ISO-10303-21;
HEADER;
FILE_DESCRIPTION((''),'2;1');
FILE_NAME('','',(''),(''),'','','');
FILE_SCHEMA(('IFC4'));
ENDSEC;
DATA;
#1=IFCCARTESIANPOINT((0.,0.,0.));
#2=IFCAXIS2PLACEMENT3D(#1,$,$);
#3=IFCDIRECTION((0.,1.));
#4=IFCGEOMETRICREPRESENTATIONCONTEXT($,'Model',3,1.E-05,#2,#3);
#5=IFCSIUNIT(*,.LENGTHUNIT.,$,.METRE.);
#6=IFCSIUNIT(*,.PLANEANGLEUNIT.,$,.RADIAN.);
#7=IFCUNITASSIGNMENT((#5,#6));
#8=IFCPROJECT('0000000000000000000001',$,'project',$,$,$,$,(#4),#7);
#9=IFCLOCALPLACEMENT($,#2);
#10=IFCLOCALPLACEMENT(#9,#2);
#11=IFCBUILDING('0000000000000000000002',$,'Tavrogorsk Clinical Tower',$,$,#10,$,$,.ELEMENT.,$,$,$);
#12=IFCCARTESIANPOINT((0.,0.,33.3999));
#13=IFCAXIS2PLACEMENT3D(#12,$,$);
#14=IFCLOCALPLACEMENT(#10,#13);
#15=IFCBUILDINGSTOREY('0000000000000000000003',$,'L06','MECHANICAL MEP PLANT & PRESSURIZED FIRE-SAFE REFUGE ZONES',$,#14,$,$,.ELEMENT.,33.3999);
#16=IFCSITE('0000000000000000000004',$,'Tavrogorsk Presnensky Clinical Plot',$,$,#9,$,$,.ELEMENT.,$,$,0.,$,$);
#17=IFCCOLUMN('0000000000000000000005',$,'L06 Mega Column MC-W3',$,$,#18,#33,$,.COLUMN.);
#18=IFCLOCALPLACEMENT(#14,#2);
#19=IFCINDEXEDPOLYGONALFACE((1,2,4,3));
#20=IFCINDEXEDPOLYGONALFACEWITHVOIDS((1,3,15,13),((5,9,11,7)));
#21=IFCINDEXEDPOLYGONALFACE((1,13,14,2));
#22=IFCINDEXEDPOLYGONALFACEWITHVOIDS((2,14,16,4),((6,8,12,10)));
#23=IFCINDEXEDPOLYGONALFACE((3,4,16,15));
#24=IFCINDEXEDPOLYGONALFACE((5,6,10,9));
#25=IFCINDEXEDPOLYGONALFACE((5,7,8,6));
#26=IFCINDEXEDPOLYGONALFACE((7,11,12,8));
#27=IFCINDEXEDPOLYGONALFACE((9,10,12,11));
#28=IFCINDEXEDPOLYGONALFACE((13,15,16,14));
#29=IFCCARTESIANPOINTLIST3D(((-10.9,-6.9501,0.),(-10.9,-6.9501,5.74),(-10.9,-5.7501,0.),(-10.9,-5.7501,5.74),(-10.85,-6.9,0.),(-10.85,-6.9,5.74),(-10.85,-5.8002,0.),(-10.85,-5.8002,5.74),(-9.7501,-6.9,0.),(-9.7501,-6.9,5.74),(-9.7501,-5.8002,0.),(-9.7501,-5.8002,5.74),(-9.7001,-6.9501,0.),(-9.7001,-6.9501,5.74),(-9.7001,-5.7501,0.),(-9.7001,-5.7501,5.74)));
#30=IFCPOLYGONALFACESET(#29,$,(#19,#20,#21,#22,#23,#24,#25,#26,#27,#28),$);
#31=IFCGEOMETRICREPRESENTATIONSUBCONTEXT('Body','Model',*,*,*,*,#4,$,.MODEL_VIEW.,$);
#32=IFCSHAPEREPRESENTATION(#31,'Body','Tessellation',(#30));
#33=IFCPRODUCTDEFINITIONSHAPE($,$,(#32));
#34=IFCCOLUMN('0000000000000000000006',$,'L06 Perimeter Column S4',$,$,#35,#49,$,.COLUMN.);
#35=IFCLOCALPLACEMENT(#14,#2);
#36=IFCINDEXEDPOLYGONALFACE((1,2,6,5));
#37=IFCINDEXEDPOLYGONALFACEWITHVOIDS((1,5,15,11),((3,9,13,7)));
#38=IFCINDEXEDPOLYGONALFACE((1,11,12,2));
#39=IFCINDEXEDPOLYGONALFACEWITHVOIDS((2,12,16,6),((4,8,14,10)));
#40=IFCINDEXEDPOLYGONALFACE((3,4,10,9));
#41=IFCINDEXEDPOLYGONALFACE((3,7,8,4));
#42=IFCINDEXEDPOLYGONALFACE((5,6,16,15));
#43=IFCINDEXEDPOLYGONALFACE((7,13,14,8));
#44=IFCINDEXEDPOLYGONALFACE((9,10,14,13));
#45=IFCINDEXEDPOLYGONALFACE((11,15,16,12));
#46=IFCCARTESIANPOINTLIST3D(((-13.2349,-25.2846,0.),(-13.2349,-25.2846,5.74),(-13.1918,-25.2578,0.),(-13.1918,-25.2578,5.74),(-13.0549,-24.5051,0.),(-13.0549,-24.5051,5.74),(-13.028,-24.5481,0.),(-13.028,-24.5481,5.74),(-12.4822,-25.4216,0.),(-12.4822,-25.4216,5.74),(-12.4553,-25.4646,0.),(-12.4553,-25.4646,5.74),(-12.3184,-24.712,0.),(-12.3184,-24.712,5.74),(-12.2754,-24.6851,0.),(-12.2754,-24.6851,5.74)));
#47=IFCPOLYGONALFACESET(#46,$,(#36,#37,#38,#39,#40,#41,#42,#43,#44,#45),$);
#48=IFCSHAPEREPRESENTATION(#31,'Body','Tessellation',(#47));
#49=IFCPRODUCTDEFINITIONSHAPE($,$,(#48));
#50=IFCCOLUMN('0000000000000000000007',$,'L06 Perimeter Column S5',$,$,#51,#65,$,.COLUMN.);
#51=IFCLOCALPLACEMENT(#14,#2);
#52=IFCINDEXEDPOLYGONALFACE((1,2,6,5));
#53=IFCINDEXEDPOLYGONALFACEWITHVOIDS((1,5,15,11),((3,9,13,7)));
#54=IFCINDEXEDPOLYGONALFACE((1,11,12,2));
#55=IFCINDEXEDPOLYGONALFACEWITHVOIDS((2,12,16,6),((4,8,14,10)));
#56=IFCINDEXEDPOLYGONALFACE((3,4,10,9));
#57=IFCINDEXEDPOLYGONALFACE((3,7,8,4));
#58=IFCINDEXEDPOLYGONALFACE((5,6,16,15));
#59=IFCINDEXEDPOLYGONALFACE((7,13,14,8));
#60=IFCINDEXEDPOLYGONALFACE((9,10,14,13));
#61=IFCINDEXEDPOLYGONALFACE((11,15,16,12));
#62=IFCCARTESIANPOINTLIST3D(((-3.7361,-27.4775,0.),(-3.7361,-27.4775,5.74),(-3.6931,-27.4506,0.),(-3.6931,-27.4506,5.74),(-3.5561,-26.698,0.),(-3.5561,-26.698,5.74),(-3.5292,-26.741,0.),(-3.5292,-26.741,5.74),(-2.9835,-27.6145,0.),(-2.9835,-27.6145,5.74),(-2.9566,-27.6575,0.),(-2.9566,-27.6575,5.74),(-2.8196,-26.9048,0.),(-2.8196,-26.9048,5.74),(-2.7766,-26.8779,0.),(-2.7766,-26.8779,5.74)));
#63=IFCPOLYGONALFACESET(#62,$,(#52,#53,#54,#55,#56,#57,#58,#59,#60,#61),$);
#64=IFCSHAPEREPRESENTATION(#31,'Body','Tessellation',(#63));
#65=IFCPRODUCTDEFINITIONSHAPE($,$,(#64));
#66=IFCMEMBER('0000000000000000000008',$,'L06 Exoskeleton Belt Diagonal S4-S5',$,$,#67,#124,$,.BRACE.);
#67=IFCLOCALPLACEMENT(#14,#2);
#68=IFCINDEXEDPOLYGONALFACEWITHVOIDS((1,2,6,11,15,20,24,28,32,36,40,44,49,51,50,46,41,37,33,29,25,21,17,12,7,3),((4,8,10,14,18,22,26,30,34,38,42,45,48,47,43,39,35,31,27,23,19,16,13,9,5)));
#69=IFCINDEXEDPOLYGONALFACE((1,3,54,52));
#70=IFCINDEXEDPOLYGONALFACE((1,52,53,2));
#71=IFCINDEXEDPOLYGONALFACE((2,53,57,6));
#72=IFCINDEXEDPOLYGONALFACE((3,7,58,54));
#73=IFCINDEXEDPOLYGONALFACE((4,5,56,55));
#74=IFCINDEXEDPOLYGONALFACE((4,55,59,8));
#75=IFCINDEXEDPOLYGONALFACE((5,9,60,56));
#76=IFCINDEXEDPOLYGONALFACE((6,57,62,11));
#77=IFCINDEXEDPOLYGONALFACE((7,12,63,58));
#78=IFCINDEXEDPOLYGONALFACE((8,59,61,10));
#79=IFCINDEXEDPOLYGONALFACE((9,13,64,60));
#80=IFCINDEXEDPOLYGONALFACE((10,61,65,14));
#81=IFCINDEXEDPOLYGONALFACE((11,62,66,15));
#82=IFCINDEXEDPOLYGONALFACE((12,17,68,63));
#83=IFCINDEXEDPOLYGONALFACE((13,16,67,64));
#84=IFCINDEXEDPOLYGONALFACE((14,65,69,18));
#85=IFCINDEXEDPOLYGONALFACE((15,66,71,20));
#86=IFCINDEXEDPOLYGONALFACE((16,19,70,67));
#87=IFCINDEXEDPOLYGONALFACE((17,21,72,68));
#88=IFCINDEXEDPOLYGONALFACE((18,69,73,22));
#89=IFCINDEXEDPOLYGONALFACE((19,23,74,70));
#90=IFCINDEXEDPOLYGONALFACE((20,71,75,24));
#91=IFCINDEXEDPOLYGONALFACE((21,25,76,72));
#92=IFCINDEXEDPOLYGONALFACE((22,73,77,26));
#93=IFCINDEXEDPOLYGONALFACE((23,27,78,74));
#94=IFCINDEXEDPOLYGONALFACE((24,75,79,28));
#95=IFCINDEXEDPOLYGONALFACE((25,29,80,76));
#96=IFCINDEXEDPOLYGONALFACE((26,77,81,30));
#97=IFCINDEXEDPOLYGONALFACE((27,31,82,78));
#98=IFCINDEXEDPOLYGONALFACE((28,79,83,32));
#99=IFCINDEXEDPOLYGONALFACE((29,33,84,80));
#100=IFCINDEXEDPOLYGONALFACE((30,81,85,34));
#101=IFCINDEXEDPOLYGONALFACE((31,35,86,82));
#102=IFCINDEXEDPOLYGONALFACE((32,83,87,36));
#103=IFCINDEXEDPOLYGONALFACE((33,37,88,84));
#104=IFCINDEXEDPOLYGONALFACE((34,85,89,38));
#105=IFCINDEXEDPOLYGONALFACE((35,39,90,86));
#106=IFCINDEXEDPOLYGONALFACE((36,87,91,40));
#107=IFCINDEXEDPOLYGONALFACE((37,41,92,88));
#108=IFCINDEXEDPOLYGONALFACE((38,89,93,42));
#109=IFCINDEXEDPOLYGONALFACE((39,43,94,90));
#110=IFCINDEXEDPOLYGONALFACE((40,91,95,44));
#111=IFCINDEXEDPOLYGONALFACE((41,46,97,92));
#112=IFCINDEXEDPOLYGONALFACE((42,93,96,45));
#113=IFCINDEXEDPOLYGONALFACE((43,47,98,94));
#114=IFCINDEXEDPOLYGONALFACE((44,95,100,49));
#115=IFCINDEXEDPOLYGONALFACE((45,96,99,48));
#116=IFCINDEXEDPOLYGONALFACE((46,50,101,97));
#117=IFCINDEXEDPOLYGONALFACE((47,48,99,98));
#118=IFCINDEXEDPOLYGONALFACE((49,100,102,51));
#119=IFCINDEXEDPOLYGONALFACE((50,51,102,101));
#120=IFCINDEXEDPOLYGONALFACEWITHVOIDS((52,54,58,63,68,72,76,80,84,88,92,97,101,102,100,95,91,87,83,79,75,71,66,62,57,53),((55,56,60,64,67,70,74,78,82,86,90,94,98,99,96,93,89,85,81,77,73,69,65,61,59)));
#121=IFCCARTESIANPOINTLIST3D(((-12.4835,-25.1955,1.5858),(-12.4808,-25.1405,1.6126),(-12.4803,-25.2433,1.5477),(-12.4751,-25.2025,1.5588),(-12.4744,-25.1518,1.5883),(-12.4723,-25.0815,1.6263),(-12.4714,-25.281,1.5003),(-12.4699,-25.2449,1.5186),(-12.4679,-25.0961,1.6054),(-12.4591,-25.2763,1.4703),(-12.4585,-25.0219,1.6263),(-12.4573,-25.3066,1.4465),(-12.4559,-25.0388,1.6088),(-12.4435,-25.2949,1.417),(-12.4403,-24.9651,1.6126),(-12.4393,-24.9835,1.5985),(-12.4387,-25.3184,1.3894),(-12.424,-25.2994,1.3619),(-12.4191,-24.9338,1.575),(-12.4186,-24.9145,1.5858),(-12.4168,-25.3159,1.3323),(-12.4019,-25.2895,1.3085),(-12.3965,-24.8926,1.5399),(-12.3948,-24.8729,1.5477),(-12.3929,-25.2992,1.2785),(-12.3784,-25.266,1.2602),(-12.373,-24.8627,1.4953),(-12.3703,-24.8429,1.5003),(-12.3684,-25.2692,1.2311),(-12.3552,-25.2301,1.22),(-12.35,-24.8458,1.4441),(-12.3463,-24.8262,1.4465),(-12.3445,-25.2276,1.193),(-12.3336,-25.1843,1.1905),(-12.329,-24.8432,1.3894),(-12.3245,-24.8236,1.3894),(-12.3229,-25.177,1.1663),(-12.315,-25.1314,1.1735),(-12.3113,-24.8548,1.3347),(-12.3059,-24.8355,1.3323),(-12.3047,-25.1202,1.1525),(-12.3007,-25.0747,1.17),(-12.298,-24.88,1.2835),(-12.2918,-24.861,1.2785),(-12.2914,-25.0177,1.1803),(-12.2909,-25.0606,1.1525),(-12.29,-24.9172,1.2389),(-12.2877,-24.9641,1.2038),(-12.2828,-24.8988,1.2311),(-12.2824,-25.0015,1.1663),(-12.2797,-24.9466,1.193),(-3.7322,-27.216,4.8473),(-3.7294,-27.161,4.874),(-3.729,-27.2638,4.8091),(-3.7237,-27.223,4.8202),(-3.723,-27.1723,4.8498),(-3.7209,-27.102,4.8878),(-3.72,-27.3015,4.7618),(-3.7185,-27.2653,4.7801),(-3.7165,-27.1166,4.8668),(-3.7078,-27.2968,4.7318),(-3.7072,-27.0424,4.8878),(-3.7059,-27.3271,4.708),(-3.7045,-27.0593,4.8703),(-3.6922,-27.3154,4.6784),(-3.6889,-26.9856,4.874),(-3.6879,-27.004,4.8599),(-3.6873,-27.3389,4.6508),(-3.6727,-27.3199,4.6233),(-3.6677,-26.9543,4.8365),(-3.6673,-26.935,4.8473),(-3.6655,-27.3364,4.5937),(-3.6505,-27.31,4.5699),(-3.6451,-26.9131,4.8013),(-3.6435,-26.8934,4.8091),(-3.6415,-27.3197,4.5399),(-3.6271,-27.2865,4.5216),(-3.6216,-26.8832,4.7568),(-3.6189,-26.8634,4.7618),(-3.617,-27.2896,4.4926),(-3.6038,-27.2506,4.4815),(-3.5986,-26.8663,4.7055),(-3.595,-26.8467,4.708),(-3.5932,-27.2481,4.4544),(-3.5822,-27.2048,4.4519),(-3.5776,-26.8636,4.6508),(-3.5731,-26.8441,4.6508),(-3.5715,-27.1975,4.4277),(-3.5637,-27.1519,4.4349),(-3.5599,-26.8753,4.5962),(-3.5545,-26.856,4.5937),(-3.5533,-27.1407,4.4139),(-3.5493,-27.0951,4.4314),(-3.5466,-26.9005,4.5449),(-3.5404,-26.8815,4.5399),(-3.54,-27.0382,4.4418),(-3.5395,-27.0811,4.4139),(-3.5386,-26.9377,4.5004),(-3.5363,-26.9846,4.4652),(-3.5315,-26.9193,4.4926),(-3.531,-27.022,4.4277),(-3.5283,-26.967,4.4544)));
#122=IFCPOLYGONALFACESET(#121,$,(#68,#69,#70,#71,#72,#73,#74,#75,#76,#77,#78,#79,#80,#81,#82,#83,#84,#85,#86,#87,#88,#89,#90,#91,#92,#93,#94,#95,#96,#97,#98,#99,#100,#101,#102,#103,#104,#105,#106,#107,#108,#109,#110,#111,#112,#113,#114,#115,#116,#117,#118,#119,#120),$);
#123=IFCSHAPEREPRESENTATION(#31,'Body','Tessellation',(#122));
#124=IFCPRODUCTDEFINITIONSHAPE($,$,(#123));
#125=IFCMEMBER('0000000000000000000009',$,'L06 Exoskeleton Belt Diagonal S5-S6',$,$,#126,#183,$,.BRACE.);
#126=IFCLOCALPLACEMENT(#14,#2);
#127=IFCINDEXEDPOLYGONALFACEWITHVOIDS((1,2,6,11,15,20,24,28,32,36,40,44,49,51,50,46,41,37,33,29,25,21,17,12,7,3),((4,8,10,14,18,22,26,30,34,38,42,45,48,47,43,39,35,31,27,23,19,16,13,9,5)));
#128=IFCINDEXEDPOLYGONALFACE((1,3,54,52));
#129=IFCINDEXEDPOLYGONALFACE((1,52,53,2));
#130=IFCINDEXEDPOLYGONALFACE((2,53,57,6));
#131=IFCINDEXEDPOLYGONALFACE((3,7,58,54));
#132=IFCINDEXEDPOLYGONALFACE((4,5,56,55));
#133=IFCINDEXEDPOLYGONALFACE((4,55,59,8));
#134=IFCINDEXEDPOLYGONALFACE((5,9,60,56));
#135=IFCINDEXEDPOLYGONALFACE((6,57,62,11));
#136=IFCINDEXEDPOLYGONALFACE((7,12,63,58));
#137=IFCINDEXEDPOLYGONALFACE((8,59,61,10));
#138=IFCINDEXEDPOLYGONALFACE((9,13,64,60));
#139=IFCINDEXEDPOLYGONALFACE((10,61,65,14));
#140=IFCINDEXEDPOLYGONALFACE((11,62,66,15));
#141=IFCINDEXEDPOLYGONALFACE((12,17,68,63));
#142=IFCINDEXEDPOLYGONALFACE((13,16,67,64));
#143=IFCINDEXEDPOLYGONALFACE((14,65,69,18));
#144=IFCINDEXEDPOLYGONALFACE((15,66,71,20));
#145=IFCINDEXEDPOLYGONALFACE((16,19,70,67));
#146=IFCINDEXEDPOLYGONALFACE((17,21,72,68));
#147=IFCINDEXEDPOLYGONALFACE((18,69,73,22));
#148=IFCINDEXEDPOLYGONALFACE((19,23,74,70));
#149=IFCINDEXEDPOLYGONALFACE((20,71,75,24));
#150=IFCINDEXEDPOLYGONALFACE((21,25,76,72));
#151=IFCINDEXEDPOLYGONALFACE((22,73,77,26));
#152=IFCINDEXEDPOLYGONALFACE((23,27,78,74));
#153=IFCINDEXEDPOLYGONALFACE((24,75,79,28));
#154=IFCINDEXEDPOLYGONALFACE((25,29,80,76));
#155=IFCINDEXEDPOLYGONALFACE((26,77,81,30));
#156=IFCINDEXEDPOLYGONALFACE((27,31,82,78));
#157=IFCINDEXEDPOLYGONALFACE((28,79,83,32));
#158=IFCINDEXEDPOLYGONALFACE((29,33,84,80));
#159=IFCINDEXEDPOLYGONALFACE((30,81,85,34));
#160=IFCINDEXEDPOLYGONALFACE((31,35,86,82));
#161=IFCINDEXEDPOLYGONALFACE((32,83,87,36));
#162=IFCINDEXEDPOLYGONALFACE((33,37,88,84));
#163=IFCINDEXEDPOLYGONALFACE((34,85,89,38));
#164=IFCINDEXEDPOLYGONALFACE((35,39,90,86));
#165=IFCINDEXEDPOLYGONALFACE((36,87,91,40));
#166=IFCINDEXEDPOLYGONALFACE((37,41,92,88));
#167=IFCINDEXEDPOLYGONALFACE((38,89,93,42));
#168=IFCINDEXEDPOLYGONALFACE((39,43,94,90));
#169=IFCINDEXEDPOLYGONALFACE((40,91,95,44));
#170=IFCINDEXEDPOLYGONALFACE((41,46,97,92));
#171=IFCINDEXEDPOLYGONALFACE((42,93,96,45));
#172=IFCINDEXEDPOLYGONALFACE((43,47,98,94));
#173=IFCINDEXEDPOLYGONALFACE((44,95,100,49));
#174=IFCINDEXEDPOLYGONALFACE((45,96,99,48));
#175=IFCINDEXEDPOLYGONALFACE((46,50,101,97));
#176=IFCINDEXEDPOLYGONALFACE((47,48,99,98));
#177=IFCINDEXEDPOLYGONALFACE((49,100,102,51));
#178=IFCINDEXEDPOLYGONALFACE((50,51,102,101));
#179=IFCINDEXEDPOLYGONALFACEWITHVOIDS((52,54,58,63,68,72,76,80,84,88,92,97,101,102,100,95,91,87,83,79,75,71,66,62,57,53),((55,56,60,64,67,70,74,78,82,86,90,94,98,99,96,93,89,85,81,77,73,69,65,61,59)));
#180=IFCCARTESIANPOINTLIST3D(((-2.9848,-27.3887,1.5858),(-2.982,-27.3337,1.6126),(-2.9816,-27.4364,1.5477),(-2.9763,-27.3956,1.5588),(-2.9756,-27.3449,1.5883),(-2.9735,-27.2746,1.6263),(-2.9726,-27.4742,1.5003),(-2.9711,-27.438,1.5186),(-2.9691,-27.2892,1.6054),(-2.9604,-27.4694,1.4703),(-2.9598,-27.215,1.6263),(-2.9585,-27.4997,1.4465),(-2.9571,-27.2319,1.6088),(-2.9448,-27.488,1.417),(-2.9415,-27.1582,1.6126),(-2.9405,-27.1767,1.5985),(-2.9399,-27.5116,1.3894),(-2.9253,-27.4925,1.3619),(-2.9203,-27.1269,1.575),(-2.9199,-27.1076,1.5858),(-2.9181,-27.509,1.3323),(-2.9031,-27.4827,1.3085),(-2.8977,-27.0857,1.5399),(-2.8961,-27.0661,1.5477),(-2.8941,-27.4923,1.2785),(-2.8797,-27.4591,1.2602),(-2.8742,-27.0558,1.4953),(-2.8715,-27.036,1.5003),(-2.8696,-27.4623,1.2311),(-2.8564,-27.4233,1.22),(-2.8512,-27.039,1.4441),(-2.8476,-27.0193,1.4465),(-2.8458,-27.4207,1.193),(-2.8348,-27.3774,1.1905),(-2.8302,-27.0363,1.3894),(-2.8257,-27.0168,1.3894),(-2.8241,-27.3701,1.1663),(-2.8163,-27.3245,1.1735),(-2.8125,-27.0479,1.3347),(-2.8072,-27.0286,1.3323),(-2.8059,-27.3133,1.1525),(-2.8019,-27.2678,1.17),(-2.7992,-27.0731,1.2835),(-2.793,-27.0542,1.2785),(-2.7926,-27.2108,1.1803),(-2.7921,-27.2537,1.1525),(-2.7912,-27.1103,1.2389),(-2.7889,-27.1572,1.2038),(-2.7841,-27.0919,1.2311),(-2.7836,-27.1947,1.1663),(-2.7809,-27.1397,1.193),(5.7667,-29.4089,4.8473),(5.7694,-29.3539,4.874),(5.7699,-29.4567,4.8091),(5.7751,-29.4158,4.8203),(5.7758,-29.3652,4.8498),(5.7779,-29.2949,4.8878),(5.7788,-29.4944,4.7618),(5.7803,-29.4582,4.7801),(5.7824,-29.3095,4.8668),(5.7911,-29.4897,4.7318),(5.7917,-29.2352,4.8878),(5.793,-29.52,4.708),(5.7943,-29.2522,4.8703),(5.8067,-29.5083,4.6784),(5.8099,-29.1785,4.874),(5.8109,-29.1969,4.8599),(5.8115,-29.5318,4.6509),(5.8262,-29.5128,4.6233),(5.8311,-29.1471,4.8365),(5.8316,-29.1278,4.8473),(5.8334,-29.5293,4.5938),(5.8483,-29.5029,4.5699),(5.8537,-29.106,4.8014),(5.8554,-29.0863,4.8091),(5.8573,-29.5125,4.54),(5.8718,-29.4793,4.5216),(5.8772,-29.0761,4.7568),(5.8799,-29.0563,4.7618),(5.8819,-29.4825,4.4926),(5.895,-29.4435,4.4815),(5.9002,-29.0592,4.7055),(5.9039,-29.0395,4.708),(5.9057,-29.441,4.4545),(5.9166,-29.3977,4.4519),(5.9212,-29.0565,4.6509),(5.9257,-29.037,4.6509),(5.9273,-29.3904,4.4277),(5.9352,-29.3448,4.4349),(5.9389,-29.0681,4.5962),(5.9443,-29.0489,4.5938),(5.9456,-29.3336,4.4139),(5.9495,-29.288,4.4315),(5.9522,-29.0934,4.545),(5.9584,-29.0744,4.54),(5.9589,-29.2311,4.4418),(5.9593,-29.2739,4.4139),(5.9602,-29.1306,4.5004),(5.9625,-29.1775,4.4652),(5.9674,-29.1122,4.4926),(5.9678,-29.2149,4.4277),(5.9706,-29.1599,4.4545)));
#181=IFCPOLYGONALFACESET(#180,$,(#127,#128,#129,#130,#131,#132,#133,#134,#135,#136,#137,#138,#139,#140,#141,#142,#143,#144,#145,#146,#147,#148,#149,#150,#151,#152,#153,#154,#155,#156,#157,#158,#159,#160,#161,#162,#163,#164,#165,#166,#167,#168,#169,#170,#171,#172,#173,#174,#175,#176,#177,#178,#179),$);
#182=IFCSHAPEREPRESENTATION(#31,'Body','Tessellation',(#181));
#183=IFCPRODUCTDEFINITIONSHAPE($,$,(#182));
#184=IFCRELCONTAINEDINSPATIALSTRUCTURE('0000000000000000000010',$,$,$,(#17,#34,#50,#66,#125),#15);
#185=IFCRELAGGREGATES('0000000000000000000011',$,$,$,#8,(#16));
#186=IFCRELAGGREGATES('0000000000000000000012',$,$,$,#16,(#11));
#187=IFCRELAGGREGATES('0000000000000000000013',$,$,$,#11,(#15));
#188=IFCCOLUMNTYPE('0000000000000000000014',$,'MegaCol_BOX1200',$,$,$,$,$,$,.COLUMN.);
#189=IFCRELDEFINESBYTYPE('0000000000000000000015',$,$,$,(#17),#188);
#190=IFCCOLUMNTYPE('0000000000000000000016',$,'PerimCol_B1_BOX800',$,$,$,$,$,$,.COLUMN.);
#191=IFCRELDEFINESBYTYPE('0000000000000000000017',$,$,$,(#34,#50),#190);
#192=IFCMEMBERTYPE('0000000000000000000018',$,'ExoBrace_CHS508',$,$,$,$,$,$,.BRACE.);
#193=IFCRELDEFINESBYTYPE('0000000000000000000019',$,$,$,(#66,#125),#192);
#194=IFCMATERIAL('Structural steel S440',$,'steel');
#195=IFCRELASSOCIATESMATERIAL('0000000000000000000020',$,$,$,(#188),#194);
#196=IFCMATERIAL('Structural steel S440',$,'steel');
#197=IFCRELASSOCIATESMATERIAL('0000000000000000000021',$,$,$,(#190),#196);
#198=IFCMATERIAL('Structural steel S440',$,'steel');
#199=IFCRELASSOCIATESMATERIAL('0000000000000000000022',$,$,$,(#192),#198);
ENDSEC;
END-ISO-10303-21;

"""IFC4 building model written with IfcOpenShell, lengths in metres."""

from ifc_helpers import new_model, si_unit, direction, frame, origin, origin_2d, place, context, subcontext, project, spatial, hollow_rectangle, hollow_circle, extrude, material, material_profile, profile_set, type_object, element, save


model = new_model("IFC4")

# Units and contexts
model_context = context("Model", 3, precision=1e-05, world=origin(), true_north=direction((0.0, 1.0)))
body_context = subcontext(model_context, "Body", "Model", "MODEL_VIEW")
ifc_project = project(units=[si_unit("LENGTHUNIT", "METRE"), si_unit("PLANEANGLEUNIT", "RADIAN")], contexts=[model_context])

# Site, building, storey
site_placement = place(None, origin())
site = spatial("IfcSite", under=ifc_project, at=site_placement, Name="Tavrogorsk Presnensky Clinical Plot", CompositionType="ELEMENT", RefElevation=0.0)
building_placement = place(site_placement, origin())
building = spatial("IfcBuilding", under=site, at=building_placement, Name="Tavrogorsk Clinical Tower", CompositionType="ELEMENT")
storey_placement = place(building_placement, frame((0.0, 0.0, 33.3999)))
storey = spatial("IfcBuildingStorey", under=building, at=storey_placement, Name="L06", Description="MECHANICAL MEP PLANT & PRESSURIZED FIRE-SAFE REFUGE ZONES", CompositionType="ELEMENT", Elevation=33.3999)

# Columns
ifc_material_1 = material(Name="Structural steel S440", Category="steel")
ifc_material_profile_1 = material_profile(ifc_material_1, hollow_rectangle(XDim=1.2, YDim=1.2, WallThickness=0.05, at=origin_2d()), Name="BOX-1200x1200x50")
ifc_profile_set_1 = profile_set([ifc_material_profile_1], Name="Structural steel S440")
column_type_1 = type_object("IfcColumnType", Name="MegaCol_BOX1200", PredefinedType="COLUMN", material=ifc_profile_set_1)
column_placement = place(storey_placement, frame((-10.3, -6.3501, 0.0), z_axis=(0.0, 0.0, 1.0), x_axis=(1.0, 0.0, 0.0)))
element("IfcColumn", 1, at=column_placement, inside=storey, type_object=column_type_1, Name="L06 Mega Column MC-W3", PredefinedType="COLUMN", context=body_context, shape_type="SweptSolid", body=[
    extrude(hollow_rectangle(XDim=1.2, YDim=1.2, WallThickness=0.05, at=origin_2d()), origin(), (0.0, 0.0, 1.0), 5.74),
])
ifc_material_2 = material(Name="Structural steel S440", Category="steel")
ifc_material_profile_2 = material_profile(ifc_material_2, hollow_rectangle(XDim=0.8, YDim=0.8, WallThickness=0.0359, at=origin_2d()), Name="BOX-800x800x36")
ifc_profile_set_2 = profile_set([ifc_material_profile_2], Name="Structural steel S440")
column_type_2 = type_object("IfcColumnType", Name="PerimCol_B1_BOX800", PredefinedType="COLUMN", material=ifc_profile_set_2)
for number, where, z_axis, x_axis, name in (
    (2, (-12.7551, -24.9849, 0.0), (0.0, 0.0, 1.0), (0.97437, -0.224951, 0.0), "L06 Perimeter Column S4"),
    (3, (-3.2563, -27.1777, 0.0), (0.0, 0.0, 1.0), (0.97437, -0.224951, 0.0), "L06 Perimeter Column S5"),
):
    element("IfcColumn", number, at=place(storey_placement, frame(where, z_axis=z_axis, x_axis=x_axis)), inside=storey, type_object=column_type_2, Name=name, PredefinedType="COLUMN", context=body_context, shape_type="SweptSolid", body=[
        extrude(hollow_rectangle(XDim=0.8, YDim=0.8, WallThickness=0.0359, at=origin_2d()), origin(), (0.0, 0.0, 1.0), 5.74),
    ])

# Members
ifc_material_3 = material(Name="Structural steel S440", Category="steel")
ifc_material_profile_3 = material_profile(ifc_material_3, hollow_circle(Radius=0.2539, WallThickness=0.02, at=origin_2d()), Name="CHS-508x20")
ifc_profile_set_3 = profile_set([ifc_material_profile_3], Name="Structural steel S440")
member_type_1 = type_object("IfcMemberType", Name="ExoBrace_CHS508", PredefinedType="BRACE", material=ifc_profile_set_3)
for number, where, z_axis, x_axis, name in (
    (4, (-12.3816, -25.071, 1.3894), (0.915855, -0.211449, 0.341319), (0.224959, 0.974368, 0.0), "L06 Exoskeleton Belt Diagonal S4-S5"),
    (5, (-2.8828, -27.2642, 1.3894), (0.91586, -0.211425, 0.341321), (0.224933, 0.974374, 0.0), "L06 Exoskeleton Belt Diagonal S5-S6"),
):
    element("IfcMember", number, at=place(storey_placement, frame(where, z_axis=z_axis, x_axis=x_axis)), inside=storey, type_object=member_type_1, Name=name, PredefinedType="BRACE", context=body_context, shape_type="SweptSolid", body=[
        extrude(hollow_circle(Radius=0.2539, WallThickness=0.02, at=origin_2d()), origin(), (0.0, 0.0, 1.0), 9.5554),
    ])

save(model, "model.ifc")
